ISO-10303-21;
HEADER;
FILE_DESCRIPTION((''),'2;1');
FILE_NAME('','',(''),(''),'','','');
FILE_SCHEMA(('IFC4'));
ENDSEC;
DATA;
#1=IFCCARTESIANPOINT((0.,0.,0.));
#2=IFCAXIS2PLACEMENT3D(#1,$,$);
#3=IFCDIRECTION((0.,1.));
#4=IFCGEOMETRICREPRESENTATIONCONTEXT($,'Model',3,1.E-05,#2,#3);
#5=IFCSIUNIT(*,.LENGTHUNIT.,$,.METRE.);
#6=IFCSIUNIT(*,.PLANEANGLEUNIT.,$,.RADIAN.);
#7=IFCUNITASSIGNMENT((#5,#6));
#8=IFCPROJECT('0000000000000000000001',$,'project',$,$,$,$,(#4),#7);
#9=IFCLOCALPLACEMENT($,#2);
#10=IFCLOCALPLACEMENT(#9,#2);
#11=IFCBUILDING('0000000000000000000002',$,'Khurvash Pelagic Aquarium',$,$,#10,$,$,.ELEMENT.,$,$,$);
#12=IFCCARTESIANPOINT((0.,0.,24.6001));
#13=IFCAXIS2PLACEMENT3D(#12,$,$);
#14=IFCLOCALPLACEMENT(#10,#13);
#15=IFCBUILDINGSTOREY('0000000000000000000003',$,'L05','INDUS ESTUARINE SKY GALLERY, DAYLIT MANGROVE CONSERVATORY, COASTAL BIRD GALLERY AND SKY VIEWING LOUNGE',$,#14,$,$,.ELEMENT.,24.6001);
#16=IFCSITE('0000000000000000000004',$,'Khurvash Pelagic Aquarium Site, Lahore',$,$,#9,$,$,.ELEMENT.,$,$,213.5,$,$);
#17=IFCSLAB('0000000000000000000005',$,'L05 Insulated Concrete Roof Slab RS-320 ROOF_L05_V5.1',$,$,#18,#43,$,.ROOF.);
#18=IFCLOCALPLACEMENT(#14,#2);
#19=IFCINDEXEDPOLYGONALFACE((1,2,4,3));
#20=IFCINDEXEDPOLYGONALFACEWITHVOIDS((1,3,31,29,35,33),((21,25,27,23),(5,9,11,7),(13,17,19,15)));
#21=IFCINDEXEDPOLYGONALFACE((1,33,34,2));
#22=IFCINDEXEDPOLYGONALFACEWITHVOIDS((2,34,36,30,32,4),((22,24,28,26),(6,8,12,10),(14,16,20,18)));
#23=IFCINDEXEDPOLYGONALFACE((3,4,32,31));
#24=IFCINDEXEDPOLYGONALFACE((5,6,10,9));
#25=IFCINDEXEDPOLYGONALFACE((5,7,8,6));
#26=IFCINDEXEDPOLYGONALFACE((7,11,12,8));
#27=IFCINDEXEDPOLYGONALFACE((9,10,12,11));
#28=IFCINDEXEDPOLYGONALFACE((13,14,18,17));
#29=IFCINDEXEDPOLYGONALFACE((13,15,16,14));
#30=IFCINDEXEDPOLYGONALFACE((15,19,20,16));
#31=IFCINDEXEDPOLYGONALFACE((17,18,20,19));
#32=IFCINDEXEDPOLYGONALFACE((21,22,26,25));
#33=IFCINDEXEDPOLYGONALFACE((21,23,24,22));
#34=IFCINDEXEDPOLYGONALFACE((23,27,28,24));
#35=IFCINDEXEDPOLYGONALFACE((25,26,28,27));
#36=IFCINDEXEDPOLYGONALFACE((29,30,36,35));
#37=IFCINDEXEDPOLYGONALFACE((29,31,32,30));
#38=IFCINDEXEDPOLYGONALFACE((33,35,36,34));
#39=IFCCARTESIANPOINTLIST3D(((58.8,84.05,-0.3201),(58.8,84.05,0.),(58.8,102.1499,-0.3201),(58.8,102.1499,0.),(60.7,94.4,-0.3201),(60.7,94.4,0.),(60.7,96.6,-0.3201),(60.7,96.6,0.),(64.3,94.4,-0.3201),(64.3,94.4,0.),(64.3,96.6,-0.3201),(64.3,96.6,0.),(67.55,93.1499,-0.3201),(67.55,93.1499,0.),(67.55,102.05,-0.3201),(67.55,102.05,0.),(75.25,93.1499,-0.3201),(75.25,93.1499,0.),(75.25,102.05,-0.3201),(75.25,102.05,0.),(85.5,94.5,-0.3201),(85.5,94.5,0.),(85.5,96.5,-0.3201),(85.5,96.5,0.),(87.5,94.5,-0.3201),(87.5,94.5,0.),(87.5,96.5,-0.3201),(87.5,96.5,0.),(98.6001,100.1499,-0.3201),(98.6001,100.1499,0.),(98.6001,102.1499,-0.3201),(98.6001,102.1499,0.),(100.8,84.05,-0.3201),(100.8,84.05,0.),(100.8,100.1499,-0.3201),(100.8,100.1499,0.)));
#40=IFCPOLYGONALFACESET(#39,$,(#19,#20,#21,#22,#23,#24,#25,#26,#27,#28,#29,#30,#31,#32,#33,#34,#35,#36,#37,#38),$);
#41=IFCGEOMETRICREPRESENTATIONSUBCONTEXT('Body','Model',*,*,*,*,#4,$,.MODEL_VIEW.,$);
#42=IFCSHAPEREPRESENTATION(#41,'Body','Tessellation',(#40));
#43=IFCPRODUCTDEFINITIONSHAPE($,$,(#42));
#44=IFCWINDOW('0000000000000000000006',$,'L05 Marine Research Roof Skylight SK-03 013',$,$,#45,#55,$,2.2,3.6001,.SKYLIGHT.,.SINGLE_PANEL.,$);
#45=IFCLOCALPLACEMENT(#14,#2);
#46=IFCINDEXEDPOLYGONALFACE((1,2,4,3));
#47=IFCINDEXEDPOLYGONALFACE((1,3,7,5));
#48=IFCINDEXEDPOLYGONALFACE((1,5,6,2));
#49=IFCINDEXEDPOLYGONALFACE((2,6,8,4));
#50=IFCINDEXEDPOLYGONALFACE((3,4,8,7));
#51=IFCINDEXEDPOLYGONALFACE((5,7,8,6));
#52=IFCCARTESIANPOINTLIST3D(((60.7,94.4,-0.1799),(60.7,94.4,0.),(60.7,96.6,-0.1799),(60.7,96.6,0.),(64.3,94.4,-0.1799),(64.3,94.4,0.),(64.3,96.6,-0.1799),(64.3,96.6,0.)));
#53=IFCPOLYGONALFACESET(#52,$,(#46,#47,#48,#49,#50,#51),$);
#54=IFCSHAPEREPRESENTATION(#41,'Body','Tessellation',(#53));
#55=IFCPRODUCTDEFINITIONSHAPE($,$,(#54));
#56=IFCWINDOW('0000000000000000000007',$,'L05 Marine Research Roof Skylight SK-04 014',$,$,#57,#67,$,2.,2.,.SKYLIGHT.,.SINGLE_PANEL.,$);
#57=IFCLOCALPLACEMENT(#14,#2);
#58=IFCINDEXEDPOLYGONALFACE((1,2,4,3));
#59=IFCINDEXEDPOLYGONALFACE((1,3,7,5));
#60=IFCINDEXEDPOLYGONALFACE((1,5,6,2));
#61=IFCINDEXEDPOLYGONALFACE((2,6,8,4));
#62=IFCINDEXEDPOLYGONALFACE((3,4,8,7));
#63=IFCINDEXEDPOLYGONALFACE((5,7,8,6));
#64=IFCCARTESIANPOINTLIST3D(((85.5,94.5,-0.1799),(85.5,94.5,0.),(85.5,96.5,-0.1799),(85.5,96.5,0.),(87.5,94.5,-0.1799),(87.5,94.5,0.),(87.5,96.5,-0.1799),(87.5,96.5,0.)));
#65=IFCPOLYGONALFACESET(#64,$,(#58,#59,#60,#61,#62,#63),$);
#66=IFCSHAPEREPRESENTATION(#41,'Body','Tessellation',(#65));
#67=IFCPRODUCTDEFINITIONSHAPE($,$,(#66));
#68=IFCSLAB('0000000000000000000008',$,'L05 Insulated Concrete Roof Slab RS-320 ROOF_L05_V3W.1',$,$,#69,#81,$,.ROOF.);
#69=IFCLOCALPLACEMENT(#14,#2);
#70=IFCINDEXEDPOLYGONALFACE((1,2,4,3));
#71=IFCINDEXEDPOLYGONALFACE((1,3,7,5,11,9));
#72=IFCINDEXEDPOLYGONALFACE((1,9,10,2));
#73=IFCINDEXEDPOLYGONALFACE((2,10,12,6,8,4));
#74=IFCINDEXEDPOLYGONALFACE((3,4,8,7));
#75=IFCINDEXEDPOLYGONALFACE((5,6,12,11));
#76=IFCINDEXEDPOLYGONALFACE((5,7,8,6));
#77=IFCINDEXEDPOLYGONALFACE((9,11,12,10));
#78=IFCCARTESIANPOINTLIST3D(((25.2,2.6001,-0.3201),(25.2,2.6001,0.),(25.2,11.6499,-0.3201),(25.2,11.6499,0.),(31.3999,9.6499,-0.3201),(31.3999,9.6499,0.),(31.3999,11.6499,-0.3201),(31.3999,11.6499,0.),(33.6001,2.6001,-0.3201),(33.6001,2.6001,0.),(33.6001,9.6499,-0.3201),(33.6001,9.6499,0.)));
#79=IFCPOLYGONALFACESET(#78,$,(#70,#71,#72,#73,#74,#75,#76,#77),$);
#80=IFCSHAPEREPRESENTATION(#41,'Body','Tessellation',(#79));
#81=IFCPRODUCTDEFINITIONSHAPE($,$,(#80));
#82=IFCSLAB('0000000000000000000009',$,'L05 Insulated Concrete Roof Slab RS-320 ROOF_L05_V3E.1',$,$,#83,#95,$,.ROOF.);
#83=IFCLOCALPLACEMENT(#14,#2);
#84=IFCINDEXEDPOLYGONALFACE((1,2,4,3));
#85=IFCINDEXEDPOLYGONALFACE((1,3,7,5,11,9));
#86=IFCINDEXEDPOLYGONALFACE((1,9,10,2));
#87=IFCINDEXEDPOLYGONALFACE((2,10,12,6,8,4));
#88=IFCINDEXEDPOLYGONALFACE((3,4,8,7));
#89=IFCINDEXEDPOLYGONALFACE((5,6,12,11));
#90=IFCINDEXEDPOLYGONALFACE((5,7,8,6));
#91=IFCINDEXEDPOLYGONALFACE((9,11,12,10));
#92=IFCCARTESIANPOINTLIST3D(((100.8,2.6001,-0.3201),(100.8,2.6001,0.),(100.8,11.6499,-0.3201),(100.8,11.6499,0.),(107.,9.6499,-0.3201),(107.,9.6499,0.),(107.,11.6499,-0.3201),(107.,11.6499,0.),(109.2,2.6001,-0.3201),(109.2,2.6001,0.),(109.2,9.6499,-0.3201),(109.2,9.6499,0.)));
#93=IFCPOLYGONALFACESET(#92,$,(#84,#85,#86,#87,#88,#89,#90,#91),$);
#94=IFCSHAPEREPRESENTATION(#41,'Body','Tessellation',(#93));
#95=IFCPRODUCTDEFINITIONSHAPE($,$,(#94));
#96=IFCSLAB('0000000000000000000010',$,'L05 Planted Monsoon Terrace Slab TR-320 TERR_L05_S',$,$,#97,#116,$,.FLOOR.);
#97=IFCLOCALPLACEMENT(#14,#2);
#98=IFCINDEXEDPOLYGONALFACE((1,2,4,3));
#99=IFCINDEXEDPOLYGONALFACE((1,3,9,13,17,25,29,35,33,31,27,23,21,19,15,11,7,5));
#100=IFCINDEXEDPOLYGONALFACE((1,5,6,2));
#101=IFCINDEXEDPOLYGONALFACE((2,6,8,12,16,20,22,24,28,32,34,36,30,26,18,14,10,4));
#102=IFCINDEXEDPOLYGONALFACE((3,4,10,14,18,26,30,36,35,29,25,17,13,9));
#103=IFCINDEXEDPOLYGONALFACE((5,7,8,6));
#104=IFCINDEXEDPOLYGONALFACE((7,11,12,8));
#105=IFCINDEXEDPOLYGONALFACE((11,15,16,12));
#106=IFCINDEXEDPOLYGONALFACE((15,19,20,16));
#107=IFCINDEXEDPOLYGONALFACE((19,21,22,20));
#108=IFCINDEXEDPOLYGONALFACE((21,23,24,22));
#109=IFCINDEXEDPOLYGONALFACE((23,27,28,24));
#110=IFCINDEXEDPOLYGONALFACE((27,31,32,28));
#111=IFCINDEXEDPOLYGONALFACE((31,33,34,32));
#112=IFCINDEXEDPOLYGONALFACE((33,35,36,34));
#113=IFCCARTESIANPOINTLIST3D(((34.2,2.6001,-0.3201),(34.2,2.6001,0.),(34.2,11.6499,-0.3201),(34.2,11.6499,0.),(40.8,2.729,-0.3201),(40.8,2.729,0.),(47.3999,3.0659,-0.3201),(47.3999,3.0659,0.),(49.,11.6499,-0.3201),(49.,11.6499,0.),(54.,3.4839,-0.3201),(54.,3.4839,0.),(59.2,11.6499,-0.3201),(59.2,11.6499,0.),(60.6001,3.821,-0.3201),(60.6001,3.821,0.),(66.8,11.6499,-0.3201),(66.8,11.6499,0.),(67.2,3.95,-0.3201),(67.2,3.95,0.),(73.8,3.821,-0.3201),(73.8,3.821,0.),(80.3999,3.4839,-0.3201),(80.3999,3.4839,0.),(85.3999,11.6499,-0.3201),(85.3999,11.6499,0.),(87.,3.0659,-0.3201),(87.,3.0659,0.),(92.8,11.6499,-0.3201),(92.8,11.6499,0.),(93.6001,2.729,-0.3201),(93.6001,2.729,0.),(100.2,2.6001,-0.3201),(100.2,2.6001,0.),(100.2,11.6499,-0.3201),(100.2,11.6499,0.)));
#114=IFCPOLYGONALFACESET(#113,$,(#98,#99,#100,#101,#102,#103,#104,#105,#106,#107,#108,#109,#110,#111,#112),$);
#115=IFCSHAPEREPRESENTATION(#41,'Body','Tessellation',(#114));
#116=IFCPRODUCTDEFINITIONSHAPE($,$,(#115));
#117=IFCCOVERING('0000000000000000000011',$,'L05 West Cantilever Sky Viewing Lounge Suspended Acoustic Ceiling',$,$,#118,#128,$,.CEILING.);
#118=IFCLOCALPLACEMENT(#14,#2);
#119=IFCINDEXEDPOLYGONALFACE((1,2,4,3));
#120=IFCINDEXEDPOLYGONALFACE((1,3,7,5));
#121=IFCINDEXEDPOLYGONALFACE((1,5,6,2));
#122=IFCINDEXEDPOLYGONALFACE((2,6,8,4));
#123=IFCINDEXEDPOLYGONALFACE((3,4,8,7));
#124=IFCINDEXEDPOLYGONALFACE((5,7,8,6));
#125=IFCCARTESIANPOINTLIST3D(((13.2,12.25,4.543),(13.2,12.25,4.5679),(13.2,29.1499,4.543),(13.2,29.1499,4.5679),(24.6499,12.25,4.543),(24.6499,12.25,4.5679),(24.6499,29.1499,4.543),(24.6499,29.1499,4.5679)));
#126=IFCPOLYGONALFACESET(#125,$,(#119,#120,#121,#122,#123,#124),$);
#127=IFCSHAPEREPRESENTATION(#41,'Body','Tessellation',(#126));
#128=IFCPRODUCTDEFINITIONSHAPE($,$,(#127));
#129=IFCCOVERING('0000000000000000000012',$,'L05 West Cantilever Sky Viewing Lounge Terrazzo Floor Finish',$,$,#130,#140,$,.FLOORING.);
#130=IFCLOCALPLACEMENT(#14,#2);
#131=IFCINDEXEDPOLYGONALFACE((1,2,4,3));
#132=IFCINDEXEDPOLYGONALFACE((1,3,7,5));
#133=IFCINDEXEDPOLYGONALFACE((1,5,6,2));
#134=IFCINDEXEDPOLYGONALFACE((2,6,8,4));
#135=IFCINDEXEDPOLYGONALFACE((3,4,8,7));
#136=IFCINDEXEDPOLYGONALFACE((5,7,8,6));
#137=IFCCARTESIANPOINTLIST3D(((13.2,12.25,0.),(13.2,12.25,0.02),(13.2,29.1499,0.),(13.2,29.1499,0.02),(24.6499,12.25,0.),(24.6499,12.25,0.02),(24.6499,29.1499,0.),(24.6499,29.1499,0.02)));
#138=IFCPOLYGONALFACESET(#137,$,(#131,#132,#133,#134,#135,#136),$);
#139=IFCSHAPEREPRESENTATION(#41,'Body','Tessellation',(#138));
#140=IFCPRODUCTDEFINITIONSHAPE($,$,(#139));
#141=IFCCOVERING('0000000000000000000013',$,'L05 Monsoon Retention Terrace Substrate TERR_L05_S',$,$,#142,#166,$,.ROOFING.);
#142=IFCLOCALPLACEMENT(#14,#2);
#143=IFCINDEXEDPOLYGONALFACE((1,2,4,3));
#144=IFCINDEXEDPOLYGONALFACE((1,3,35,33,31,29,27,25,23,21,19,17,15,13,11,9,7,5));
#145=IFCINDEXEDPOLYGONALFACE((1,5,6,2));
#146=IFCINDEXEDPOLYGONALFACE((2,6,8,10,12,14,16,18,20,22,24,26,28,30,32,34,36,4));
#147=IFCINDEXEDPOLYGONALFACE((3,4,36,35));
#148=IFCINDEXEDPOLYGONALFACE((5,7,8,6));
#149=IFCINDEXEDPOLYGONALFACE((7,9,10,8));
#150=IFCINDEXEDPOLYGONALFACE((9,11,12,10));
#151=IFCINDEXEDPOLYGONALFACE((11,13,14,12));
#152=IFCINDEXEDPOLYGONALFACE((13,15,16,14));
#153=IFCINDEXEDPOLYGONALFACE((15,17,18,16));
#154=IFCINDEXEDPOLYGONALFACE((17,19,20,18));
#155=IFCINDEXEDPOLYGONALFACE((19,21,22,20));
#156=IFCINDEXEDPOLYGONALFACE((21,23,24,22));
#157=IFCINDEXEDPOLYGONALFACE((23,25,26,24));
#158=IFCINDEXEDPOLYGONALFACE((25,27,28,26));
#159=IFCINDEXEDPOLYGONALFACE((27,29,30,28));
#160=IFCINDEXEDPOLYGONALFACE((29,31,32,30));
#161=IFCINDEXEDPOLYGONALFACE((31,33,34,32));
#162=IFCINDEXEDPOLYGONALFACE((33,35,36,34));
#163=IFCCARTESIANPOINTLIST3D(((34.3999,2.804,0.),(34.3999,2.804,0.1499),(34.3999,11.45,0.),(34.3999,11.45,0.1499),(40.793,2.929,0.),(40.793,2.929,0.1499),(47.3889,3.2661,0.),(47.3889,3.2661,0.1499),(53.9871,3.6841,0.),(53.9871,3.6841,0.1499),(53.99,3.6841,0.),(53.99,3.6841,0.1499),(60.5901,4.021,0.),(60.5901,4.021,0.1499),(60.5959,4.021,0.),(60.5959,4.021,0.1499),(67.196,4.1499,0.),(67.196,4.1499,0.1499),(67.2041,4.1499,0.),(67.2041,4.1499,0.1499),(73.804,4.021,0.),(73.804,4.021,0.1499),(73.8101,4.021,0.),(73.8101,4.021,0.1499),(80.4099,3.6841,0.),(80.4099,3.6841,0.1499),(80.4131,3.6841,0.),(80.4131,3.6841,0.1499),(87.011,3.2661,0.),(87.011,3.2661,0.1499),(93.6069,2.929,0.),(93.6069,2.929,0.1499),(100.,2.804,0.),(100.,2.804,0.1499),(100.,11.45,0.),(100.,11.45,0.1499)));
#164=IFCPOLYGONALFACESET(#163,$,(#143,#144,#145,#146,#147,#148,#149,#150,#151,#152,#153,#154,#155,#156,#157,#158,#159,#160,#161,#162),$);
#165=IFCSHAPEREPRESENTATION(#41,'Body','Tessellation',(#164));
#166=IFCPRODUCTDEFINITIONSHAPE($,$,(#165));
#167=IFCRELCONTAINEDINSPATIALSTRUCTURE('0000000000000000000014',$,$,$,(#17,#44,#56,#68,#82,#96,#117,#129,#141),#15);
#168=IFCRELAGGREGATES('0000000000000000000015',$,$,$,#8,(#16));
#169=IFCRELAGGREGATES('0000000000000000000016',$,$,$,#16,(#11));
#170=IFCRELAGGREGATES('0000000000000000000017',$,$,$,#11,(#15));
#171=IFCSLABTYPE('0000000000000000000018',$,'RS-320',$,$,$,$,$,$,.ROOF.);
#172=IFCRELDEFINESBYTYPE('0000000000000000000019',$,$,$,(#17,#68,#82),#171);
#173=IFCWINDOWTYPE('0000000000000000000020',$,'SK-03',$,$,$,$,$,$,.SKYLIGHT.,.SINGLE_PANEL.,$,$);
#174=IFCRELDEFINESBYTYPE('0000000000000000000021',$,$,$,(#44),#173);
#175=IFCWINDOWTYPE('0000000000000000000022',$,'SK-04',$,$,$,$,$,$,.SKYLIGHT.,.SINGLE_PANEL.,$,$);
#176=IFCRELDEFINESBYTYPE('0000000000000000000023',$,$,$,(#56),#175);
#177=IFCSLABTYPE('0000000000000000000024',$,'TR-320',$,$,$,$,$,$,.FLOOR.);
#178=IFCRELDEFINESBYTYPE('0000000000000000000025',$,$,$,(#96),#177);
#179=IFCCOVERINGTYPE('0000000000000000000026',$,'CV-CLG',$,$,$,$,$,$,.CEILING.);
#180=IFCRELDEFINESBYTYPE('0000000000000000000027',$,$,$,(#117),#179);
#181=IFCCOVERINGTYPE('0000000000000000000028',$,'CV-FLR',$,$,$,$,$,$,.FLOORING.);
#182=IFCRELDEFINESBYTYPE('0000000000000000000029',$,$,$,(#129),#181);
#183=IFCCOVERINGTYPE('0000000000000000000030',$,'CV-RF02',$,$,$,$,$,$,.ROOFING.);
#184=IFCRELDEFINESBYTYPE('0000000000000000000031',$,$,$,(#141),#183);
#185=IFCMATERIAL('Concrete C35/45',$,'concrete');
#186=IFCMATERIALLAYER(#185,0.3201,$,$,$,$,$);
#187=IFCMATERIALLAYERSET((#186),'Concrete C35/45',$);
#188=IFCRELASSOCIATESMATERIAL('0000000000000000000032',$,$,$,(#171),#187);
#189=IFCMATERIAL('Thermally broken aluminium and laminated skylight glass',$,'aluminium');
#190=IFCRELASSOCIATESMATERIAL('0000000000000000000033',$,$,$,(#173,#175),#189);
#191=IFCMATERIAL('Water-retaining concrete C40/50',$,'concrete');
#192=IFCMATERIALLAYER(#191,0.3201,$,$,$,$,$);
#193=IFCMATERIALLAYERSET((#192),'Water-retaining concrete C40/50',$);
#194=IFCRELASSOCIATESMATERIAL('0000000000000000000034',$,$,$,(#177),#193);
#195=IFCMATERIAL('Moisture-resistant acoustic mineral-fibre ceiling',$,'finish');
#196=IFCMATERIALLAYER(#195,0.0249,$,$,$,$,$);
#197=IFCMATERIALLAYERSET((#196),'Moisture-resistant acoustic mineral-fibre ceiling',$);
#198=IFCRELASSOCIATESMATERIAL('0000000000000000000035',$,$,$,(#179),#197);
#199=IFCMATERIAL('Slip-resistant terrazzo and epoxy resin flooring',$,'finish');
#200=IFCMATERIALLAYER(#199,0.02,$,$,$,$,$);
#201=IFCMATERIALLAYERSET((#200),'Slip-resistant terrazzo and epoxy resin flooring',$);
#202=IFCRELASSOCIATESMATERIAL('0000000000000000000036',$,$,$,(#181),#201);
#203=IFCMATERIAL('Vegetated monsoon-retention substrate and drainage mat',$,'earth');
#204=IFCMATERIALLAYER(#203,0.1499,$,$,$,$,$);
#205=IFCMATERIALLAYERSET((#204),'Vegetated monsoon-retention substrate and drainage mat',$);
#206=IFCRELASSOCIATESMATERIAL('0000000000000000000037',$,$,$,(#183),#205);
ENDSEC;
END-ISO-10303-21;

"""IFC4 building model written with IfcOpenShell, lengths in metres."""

from ifc_helpers import new_model, si_unit, direction, frame, origin, origin_2d, place, context, subcontext, project, spatial, polyline, rectangle, outline, extrude, material, layer, layer_set, type_object, element, fill, save


model = new_model("IFC4")

# Units and contexts
model_context = context("Model", 3, precision=1e-05, world=origin(), true_north=direction((0.0, 1.0)))
body_context = subcontext(model_context, "Body", "Model", "MODEL_VIEW")
ifc_project = project(units=[si_unit("LENGTHUNIT", "METRE"), si_unit("PLANEANGLEUNIT", "RADIAN")], contexts=[model_context])

# Site, building, storey
site_placement = place(None, origin())
site = spatial("IfcSite", under=ifc_project, at=site_placement, Name="Khurvash Pelagic Aquarium Site, Lahore", CompositionType="ELEMENT", RefElevation=213.5)
building_placement = place(site_placement, origin())
building = spatial("IfcBuilding", under=site, at=building_placement, Name="Khurvash Pelagic Aquarium", CompositionType="ELEMENT")
storey_placement = place(building_placement, frame((0.0, 0.0, 24.6001)))
storey = spatial("IfcBuildingStorey", under=building, at=storey_placement, Name="L05", Description="INDUS ESTUARINE SKY GALLERY, DAYLIT MANGROVE CONSERVATORY, COASTAL BIRD GALLERY AND SKY VIEWING LOUNGE", CompositionType="ELEMENT", Elevation=24.6001)

# Shared definitions
ifc_material_1 = material(Name="Concrete C35/45", Category="concrete")

# Slab, openings, windows
ifc_layer_1 = layer(ifc_material_1, 0.3201)
ifc_layer_set_1 = layer_set([ifc_layer_1], Name="Concrete C35/45")
slab_type_1 = type_object("IfcSlabType", Name="RS-320", PredefinedType="ROOF", material=ifc_layer_set_1)
slab_1_placement = place(storey_placement, frame((0.0, 0.0, -0.3201)))
slab_1 = element("IfcSlab", 1, at=slab_1_placement, inside=storey, type_object=slab_type_1, Name="L05 Insulated Concrete Roof Slab RS-320 ROOF_L05_V5.1", PredefinedType="ROOF", context=body_context, shape_type="SweptSolid", body=[
    extrude(outline(polyline([(58.8, 84.05), (100.8, 84.05), (100.8, 100.1499), (98.6001, 100.1499), (98.6001, 102.1499), (58.8, 102.1499), (58.8, 84.05)]), holes=[polyline([(75.25, 102.05), (75.25, 93.1499), (67.55, 93.1499), (67.55, 102.05), (75.25, 102.05)])]), origin(), (0.0, 0.0, 1.0), 0.3201),
])
opening_1_placement = place(slab_1_placement, frame((62.5, 95.5, -0.01), z_axis=(0.0, 0.0, 1.0), x_axis=(1.0, 0.0, 0.0)))
opening_1 = element("IfcOpeningElement", 2, at=opening_1_placement, cuts=slab_1, PredefinedType="OPENING", context=body_context, shape_type="SweptSolid", body=[
    extrude(rectangle(XDim=3.6001, YDim=2.2, at=origin_2d()), origin(), (0.0, 0.0, 1.0), 0.3401),
])
opening_2_placement = place(slab_1_placement, frame((86.5, 95.5, -0.01), z_axis=(0.0, 0.0, 1.0), x_axis=(1.0, 0.0, 0.0)))
opening_2 = element("IfcOpeningElement", 3, at=opening_2_placement, cuts=slab_1, PredefinedType="OPENING", context=body_context, shape_type="SweptSolid", body=[
    extrude(rectangle(XDim=2.0, YDim=2.0, at=origin_2d()), origin(), (0.0, 0.0, 1.0), 0.3401),
])
ifc_material_2 = material(Name="Thermally broken aluminium and laminated skylight glass", Category="aluminium")
window_type_1 = type_object("IfcWindowType", Name="SK-03", PartitioningType="SINGLE_PANEL", PredefinedType="SKYLIGHT", material=ifc_material_2)
window_1_placement = place(opening_1_placement, frame((0.0, 0.0, 0.1501)))
window_1 = element("IfcWindow", 4, at=window_1_placement, inside=storey, type_object=window_type_1, Name="L05 Marine Research Roof Skylight SK-03 013", OverallHeight=2.2, OverallWidth=3.6001, PartitioningType="SINGLE_PANEL", PredefinedType="SKYLIGHT", context=body_context, shape_type="SweptSolid", body=[
    extrude(rectangle(XDim=3.6001, YDim=2.2, at=origin_2d()), origin(), (0.0, 0.0, 1.0), 0.1799),
])
fill(opening_1, window_1)
window_type_2 = type_object("IfcWindowType", Name="SK-04", PartitioningType="SINGLE_PANEL", PredefinedType="SKYLIGHT", material=ifc_material_2)
window_2_placement = place(opening_2_placement, frame((0.0, 0.0, 0.1501)))
window_2 = element("IfcWindow", 5, at=window_2_placement, inside=storey, type_object=window_type_2, Name="L05 Marine Research Roof Skylight SK-04 014", OverallHeight=2.0, OverallWidth=2.0, PartitioningType="SINGLE_PANEL", PredefinedType="SKYLIGHT", context=body_context, shape_type="SweptSolid", body=[
    extrude(rectangle(XDim=2.0, YDim=2.0, at=origin_2d()), origin(), (0.0, 0.0, 1.0), 0.1799),
])
fill(opening_2, window_2)

# Slabs
slab_2_placement = place(storey_placement, frame((0.0, 0.0, -0.3201)))
element("IfcSlab", 6, at=slab_2_placement, inside=storey, type_object=slab_type_1, Name="L05 Insulated Concrete Roof Slab RS-320 ROOF_L05_V3W.1", PredefinedType="ROOF", context=body_context, shape_type="SweptSolid", body=[
    extrude(outline(polyline([(33.6001, 2.6001), (33.6001, 9.6499), (31.3999, 9.6499), (31.3999, 11.6499), (25.2, 11.6499), (25.2, 2.6001), (33.6001, 2.6001)])), origin(), (0.0, 0.0, 1.0), 0.3201),
])
slab_3_placement = place(storey_placement, frame((0.0, 0.0, -0.3201)))
element("IfcSlab", 7, at=slab_3_placement, inside=storey, type_object=slab_type_1, Name="L05 Insulated Concrete Roof Slab RS-320 ROOF_L05_V3E.1", PredefinedType="ROOF", context=body_context, shape_type="SweptSolid", body=[
    extrude(outline(polyline([(109.2, 2.6001), (109.2, 9.6499), (107.0, 9.6499), (107.0, 11.6499), (100.8, 11.6499), (100.8, 2.6001), (109.2, 2.6001)])), origin(), (0.0, 0.0, 1.0), 0.3201),
])
ifc_material_3 = material(Name="Water-retaining concrete C40/50", Category="concrete")
ifc_layer_2 = layer(ifc_material_3, 0.3201)
ifc_layer_set_2 = layer_set([ifc_layer_2], Name="Water-retaining concrete C40/50")
slab_type_2 = type_object("IfcSlabType", Name="TR-320", PredefinedType="FLOOR", material=ifc_layer_set_2)
slab_4_placement = place(storey_placement, frame((0.0, 0.0, -0.3201)))
element("IfcSlab", 8, at=slab_4_placement, inside=storey, type_object=slab_type_2, Name="L05 Planted Monsoon Terrace Slab TR-320 TERR_L05_S", PredefinedType="FLOOR", context=body_context, shape_type="SweptSolid", body=[
    extrude(outline(polyline([(100.2, 2.6001), (100.2, 11.6499), (92.8, 11.6499), (85.3999, 11.6499), (66.8, 11.6499), (59.2, 11.6499), (49.0, 11.6499), (34.2, 11.6499), (34.2, 2.6001), (40.8, 2.729), (47.3999, 3.0659), (54.0, 3.4839), (60.6001, 3.821), (67.2, 3.95), (73.8, 3.821), (80.3999, 3.4839), (87.0, 3.0659), (93.6001, 2.729), (100.2, 2.6001)])), origin(), (0.0, 0.0, 1.0), 0.3201),
])

# Coverings
ifc_material_4 = material(Name="Moisture-resistant acoustic mineral-fibre ceiling", Category="finish")
ifc_layer_3 = layer(ifc_material_4, 0.0249)
ifc_layer_set_3 = layer_set([ifc_layer_3], Name="Moisture-resistant acoustic mineral-fibre ceiling")
covering_type_1 = type_object("IfcCoveringType", Name="CV-CLG", PredefinedType="CEILING", material=ifc_layer_set_3)
covering_1_placement = place(storey_placement, frame((0.0, 0.0, 4.543)))
element("IfcCovering", 9, at=covering_1_placement, inside=storey, type_object=covering_type_1, Name="L05 West Cantilever Sky Viewing Lounge Suspended Acoustic Ceiling", PredefinedType="CEILING", context=body_context, shape_type="SweptSolid", body=[
    extrude(outline(polyline([(24.6499, 12.25), (24.6499, 29.1499), (13.2, 29.1499), (13.2, 12.25), (24.6499, 12.25)])), origin(), (0.0, 0.0, 1.0), 0.0249),
])
ifc_material_5 = material(Name="Slip-resistant terrazzo and epoxy resin flooring", Category="finish")
ifc_layer_4 = layer(ifc_material_5, 0.02)
ifc_layer_set_4 = layer_set([ifc_layer_4], Name="Slip-resistant terrazzo and epoxy resin flooring")
covering_type_2 = type_object("IfcCoveringType", Name="CV-FLR", PredefinedType="FLOORING", material=ifc_layer_set_4)
covering_2_placement = place(storey_placement, origin())
element("IfcCovering", 10, at=covering_2_placement, inside=storey, type_object=covering_type_2, Name="L05 West Cantilever Sky Viewing Lounge Terrazzo Floor Finish", PredefinedType="FLOORING", context=body_context, shape_type="SweptSolid", body=[
    extrude(outline(polyline([(24.6499, 12.25), (24.6499, 29.1499), (13.2, 29.1499), (13.2, 12.25), (24.6499, 12.25)])), origin(), (0.0, 0.0, 1.0), 0.02),
])
ifc_material_6 = material(Name="Vegetated monsoon-retention substrate and drainage mat", Category="earth")
ifc_layer_5 = layer(ifc_material_6, 0.1499)
ifc_layer_set_5 = layer_set([ifc_layer_5], Name="Vegetated monsoon-retention substrate and drainage mat")
covering_type_3 = type_object("IfcCoveringType", Name="CV-RF02", PredefinedType="ROOFING", material=ifc_layer_set_5)
covering_3_placement = place(storey_placement, origin())
element("IfcCovering", 11, at=covering_3_placement, inside=storey, type_object=covering_type_3, Name="L05 Monsoon Retention Terrace Substrate TERR_L05_S", PredefinedType="ROOFING", context=body_context, shape_type="SweptSolid", body=[
    extrude(outline(polyline([(100.0, 2.804), (93.6069, 2.929), (87.011, 3.2661), (80.4131, 3.6841), (80.4099, 3.6841), (73.8101, 4.021), (73.804, 4.021), (67.2041, 4.1499), (67.196, 4.1499), (60.5959, 4.021), (60.5901, 4.021), (53.99, 3.6841), (53.9871, 3.6841), (47.3889, 3.2661), (40.793, 2.929), (34.3999, 2.804), (34.3999, 11.45), (100.0, 11.45), (100.0, 2.804)])), origin(), (0.0, 0.0, 1.0), 0.1499),
])

save(model, "model.ifc")
